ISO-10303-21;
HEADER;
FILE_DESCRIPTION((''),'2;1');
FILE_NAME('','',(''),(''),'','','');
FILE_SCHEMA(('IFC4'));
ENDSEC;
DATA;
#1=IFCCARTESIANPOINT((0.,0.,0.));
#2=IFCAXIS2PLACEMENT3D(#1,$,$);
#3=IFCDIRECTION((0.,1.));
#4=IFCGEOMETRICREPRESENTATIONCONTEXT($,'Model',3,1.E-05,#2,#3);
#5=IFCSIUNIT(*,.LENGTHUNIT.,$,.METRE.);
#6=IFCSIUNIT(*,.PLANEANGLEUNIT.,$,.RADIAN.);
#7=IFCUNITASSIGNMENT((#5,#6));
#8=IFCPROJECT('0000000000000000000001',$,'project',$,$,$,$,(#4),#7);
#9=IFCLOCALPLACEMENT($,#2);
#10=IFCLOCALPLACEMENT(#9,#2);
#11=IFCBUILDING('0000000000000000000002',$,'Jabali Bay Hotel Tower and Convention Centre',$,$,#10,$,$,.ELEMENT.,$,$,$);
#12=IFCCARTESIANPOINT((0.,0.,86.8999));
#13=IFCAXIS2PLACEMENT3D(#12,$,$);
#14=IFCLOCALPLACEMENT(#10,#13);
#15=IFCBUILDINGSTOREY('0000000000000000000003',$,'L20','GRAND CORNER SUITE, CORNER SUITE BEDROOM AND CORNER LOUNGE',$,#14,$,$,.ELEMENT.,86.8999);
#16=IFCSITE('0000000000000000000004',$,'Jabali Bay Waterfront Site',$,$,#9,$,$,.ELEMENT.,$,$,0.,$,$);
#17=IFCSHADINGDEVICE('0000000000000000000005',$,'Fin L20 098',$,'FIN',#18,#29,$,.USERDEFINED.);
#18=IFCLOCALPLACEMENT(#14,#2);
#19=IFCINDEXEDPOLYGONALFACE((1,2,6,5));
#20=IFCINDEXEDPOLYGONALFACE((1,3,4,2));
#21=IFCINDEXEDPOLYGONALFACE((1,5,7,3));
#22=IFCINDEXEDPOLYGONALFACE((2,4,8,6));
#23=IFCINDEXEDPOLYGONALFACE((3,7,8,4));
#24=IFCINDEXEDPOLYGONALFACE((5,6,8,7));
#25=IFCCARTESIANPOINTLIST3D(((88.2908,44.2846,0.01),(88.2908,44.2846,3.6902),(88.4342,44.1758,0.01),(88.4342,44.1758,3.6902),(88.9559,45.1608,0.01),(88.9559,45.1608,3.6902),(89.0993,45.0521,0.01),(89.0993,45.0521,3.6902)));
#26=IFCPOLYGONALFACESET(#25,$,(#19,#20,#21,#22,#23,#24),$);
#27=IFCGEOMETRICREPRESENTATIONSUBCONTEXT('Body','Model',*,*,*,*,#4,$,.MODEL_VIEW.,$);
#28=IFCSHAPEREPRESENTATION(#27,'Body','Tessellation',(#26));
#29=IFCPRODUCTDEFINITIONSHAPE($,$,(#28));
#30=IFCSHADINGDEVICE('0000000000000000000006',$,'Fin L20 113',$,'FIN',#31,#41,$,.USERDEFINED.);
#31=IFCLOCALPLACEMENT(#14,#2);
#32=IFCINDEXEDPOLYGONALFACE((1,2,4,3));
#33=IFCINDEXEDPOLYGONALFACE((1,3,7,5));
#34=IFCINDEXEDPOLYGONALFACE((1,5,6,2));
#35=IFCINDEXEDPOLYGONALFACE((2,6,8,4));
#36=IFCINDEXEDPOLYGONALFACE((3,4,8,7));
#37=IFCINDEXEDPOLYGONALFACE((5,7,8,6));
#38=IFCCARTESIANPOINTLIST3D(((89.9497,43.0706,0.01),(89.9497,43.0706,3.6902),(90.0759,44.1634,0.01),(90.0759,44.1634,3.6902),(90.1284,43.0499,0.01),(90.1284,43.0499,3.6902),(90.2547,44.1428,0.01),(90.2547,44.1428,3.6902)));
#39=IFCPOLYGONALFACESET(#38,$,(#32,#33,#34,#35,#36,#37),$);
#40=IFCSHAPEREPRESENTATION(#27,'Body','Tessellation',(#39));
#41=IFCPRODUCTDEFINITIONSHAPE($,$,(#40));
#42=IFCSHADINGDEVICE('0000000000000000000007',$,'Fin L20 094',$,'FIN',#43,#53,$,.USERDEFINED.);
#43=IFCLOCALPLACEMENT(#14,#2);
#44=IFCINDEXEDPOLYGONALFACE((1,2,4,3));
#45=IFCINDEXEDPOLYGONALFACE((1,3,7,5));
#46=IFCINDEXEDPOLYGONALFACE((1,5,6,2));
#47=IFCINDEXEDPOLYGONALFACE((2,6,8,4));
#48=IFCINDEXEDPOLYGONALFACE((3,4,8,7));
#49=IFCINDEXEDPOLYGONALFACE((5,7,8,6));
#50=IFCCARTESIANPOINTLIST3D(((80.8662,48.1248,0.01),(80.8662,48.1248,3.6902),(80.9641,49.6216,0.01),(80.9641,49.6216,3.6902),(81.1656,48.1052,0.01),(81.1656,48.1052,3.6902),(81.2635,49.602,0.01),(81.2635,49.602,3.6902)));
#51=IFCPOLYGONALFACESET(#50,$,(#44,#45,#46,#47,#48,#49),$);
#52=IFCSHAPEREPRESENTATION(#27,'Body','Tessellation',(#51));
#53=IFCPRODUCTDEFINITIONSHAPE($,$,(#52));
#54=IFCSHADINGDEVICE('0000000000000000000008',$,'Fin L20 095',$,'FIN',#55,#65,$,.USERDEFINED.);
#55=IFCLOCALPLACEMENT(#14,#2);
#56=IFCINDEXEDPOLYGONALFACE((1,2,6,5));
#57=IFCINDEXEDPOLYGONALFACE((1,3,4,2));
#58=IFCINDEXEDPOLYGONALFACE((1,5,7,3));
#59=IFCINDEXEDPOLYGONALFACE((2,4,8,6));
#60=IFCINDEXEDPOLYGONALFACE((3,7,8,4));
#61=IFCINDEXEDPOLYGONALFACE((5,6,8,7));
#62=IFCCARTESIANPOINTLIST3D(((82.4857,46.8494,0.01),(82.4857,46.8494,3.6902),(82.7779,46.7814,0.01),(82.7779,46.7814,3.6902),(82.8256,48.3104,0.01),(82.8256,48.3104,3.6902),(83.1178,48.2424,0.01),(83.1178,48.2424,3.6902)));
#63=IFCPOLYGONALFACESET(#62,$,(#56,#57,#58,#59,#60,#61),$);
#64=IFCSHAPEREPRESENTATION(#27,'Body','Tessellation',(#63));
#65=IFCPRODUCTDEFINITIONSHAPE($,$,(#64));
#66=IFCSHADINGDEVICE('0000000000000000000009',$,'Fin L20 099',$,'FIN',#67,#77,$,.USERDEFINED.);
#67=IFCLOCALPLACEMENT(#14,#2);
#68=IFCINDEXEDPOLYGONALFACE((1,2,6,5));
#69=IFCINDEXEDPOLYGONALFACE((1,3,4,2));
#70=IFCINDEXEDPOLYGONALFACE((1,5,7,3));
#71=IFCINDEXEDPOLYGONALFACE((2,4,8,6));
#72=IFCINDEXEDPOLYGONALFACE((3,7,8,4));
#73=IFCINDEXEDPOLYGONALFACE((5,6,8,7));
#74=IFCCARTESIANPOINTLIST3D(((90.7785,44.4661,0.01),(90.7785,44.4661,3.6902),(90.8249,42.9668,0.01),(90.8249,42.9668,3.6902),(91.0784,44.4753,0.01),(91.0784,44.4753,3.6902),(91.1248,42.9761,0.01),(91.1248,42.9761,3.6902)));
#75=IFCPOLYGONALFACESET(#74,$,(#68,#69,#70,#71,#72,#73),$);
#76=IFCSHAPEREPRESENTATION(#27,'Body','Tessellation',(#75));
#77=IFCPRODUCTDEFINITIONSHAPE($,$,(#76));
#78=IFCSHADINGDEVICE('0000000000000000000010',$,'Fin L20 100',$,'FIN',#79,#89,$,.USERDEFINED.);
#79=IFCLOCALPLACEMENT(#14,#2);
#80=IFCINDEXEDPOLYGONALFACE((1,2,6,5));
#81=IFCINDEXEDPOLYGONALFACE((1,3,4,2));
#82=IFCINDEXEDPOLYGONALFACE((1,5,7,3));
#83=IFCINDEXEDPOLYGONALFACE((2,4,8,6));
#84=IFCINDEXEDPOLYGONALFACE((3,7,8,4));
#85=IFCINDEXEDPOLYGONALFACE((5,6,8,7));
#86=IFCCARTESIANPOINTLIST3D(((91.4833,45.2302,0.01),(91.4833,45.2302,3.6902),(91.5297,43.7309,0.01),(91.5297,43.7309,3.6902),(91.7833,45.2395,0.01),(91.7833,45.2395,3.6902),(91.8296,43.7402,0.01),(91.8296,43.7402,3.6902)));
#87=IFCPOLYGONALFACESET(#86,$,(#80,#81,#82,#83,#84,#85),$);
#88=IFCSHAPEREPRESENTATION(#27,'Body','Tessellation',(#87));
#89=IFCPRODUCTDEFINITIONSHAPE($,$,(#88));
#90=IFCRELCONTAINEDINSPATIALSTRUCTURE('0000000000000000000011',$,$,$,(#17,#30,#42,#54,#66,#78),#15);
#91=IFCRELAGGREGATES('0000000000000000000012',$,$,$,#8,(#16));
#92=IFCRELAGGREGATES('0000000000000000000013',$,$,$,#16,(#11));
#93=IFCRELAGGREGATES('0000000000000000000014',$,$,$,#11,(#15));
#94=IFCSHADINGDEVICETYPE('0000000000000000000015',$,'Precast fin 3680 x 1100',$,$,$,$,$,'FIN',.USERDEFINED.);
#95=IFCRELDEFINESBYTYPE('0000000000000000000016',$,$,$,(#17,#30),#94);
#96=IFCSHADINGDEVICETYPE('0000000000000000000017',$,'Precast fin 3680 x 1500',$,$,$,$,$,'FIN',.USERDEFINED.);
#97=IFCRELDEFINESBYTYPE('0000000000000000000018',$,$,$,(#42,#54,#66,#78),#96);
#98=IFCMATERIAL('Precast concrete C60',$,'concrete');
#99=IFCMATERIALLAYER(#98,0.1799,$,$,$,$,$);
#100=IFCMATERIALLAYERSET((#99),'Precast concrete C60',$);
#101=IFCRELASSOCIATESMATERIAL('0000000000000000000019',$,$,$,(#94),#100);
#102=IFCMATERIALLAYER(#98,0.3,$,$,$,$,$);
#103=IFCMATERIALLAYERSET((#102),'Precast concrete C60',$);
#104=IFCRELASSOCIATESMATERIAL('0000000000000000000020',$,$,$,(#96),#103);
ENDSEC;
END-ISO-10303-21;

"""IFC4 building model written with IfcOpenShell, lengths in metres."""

from ifc_helpers import new_model, si_unit, direction, frame, frame_2d, origin, place, context, subcontext, project, spatial, rectangle, extrude, material, layer, layer_set, type_object, element, save


model = new_model("IFC4")

# Units and contexts
model_context = context("Model", 3, precision=1e-05, world=origin(), true_north=direction((0.0, 1.0)))
body_context = subcontext(model_context, "Body", "Model", "MODEL_VIEW")
ifc_project = project(units=[si_unit("LENGTHUNIT", "METRE"), si_unit("PLANEANGLEUNIT", "RADIAN")], contexts=[model_context])

# Site, building, storey
site_placement = place(None, origin())
site = spatial("IfcSite", under=ifc_project, at=site_placement, Name="Jabali Bay Waterfront Site", CompositionType="ELEMENT", RefElevation=0.0)
building_placement = place(site_placement, origin())
building = spatial("IfcBuilding", under=site, at=building_placement, Name="Jabali Bay Hotel Tower and Convention Centre", CompositionType="ELEMENT")
storey_placement = place(building_placement, frame((0.0, 0.0, 86.8999)))
storey = spatial("IfcBuildingStorey", under=building, at=storey_placement, Name="L20", Description="GRAND CORNER SUITE, CORNER SUITE BEDROOM AND CORNER LOUNGE", CompositionType="ELEMENT", Elevation=86.8999)

# Shading devices
ifc_material_1 = material(Name="Precast concrete C60", Category="concrete")
ifc_layer_1 = layer(ifc_material_1, 0.1799)
ifc_layer_set_1 = layer_set([ifc_layer_1], Name="Precast concrete C60")
shading_device_type_1 = type_object("IfcShadingDeviceType", Name="Precast fin 3680 x 1100", ElementType="FIN", PredefinedType="USERDEFINED", material=ifc_layer_set_1)
for number, where, z_axis, x_axis, name in (
    (1, (89.0276, 45.1064, 0.01), (0.0, 0.0, 1.0), (-0.604571, -0.796551, 0.0), "Fin L20 098"),
    (2, (90.1653, 44.1531, 0.01), (0.0, 0.0, 1.0), (-0.114742, -0.993395, 0.0), "Fin L20 113"),
):
    element("IfcShadingDevice", number, at=place(storey_placement, frame(where, z_axis=z_axis, x_axis=x_axis)), inside=storey, type_object=shading_device_type_1, Name=name, ObjectType="FIN", PredefinedType="USERDEFINED", context=body_context, shape_type="SweptSolid", body=[
        extrude(rectangle(XDim=1.1001, YDim=0.1799, at=frame_2d((0.55, 0.0))), origin(), (0.0, 0.0, 1.0), 3.6802),
    ])
ifc_layer_2 = layer(ifc_material_1, 0.3)
ifc_layer_set_2 = layer_set([ifc_layer_2], Name="Precast concrete C60")
shading_device_type_2 = type_object("IfcShadingDeviceType", Name="Precast fin 3680 x 1500", ElementType="FIN", PredefinedType="USERDEFINED", material=ifc_layer_set_2)
for number, where, z_axis, x_axis, name in (
    (3, (81.1138, 49.6118, 0.01), (0.0, 0.0, 1.0), (-0.065266, -0.997868, 0.0), "Fin L20 094"),
    (4, (82.9717, 48.2764, 0.01), (0.0, 0.0, 1.0), (-0.226571, -0.973995, 0.0), "Fin L20 095"),
    (5, (90.9285, 44.4707, 0.01), (0.0, 0.0, 1.0), (0.030925, -0.999522, 0.0), "Fin L20 099"),
    (6, (91.6333, 45.2349, 0.01), (0.0, 0.0, 1.0), (0.030925, -0.999522, 0.0), "Fin L20 100"),
):
    element("IfcShadingDevice", number, at=place(storey_placement, frame(where, z_axis=z_axis, x_axis=x_axis)), inside=storey, type_object=shading_device_type_2, Name=name, ObjectType="FIN", PredefinedType="USERDEFINED", context=body_context, shape_type="SweptSolid", body=[
        extrude(rectangle(XDim=1.5, YDim=0.3, at=frame_2d((0.75, 0.0))), origin(), (0.0, 0.0, 1.0), 3.6802),
    ])

save(model, "model.ifc")
